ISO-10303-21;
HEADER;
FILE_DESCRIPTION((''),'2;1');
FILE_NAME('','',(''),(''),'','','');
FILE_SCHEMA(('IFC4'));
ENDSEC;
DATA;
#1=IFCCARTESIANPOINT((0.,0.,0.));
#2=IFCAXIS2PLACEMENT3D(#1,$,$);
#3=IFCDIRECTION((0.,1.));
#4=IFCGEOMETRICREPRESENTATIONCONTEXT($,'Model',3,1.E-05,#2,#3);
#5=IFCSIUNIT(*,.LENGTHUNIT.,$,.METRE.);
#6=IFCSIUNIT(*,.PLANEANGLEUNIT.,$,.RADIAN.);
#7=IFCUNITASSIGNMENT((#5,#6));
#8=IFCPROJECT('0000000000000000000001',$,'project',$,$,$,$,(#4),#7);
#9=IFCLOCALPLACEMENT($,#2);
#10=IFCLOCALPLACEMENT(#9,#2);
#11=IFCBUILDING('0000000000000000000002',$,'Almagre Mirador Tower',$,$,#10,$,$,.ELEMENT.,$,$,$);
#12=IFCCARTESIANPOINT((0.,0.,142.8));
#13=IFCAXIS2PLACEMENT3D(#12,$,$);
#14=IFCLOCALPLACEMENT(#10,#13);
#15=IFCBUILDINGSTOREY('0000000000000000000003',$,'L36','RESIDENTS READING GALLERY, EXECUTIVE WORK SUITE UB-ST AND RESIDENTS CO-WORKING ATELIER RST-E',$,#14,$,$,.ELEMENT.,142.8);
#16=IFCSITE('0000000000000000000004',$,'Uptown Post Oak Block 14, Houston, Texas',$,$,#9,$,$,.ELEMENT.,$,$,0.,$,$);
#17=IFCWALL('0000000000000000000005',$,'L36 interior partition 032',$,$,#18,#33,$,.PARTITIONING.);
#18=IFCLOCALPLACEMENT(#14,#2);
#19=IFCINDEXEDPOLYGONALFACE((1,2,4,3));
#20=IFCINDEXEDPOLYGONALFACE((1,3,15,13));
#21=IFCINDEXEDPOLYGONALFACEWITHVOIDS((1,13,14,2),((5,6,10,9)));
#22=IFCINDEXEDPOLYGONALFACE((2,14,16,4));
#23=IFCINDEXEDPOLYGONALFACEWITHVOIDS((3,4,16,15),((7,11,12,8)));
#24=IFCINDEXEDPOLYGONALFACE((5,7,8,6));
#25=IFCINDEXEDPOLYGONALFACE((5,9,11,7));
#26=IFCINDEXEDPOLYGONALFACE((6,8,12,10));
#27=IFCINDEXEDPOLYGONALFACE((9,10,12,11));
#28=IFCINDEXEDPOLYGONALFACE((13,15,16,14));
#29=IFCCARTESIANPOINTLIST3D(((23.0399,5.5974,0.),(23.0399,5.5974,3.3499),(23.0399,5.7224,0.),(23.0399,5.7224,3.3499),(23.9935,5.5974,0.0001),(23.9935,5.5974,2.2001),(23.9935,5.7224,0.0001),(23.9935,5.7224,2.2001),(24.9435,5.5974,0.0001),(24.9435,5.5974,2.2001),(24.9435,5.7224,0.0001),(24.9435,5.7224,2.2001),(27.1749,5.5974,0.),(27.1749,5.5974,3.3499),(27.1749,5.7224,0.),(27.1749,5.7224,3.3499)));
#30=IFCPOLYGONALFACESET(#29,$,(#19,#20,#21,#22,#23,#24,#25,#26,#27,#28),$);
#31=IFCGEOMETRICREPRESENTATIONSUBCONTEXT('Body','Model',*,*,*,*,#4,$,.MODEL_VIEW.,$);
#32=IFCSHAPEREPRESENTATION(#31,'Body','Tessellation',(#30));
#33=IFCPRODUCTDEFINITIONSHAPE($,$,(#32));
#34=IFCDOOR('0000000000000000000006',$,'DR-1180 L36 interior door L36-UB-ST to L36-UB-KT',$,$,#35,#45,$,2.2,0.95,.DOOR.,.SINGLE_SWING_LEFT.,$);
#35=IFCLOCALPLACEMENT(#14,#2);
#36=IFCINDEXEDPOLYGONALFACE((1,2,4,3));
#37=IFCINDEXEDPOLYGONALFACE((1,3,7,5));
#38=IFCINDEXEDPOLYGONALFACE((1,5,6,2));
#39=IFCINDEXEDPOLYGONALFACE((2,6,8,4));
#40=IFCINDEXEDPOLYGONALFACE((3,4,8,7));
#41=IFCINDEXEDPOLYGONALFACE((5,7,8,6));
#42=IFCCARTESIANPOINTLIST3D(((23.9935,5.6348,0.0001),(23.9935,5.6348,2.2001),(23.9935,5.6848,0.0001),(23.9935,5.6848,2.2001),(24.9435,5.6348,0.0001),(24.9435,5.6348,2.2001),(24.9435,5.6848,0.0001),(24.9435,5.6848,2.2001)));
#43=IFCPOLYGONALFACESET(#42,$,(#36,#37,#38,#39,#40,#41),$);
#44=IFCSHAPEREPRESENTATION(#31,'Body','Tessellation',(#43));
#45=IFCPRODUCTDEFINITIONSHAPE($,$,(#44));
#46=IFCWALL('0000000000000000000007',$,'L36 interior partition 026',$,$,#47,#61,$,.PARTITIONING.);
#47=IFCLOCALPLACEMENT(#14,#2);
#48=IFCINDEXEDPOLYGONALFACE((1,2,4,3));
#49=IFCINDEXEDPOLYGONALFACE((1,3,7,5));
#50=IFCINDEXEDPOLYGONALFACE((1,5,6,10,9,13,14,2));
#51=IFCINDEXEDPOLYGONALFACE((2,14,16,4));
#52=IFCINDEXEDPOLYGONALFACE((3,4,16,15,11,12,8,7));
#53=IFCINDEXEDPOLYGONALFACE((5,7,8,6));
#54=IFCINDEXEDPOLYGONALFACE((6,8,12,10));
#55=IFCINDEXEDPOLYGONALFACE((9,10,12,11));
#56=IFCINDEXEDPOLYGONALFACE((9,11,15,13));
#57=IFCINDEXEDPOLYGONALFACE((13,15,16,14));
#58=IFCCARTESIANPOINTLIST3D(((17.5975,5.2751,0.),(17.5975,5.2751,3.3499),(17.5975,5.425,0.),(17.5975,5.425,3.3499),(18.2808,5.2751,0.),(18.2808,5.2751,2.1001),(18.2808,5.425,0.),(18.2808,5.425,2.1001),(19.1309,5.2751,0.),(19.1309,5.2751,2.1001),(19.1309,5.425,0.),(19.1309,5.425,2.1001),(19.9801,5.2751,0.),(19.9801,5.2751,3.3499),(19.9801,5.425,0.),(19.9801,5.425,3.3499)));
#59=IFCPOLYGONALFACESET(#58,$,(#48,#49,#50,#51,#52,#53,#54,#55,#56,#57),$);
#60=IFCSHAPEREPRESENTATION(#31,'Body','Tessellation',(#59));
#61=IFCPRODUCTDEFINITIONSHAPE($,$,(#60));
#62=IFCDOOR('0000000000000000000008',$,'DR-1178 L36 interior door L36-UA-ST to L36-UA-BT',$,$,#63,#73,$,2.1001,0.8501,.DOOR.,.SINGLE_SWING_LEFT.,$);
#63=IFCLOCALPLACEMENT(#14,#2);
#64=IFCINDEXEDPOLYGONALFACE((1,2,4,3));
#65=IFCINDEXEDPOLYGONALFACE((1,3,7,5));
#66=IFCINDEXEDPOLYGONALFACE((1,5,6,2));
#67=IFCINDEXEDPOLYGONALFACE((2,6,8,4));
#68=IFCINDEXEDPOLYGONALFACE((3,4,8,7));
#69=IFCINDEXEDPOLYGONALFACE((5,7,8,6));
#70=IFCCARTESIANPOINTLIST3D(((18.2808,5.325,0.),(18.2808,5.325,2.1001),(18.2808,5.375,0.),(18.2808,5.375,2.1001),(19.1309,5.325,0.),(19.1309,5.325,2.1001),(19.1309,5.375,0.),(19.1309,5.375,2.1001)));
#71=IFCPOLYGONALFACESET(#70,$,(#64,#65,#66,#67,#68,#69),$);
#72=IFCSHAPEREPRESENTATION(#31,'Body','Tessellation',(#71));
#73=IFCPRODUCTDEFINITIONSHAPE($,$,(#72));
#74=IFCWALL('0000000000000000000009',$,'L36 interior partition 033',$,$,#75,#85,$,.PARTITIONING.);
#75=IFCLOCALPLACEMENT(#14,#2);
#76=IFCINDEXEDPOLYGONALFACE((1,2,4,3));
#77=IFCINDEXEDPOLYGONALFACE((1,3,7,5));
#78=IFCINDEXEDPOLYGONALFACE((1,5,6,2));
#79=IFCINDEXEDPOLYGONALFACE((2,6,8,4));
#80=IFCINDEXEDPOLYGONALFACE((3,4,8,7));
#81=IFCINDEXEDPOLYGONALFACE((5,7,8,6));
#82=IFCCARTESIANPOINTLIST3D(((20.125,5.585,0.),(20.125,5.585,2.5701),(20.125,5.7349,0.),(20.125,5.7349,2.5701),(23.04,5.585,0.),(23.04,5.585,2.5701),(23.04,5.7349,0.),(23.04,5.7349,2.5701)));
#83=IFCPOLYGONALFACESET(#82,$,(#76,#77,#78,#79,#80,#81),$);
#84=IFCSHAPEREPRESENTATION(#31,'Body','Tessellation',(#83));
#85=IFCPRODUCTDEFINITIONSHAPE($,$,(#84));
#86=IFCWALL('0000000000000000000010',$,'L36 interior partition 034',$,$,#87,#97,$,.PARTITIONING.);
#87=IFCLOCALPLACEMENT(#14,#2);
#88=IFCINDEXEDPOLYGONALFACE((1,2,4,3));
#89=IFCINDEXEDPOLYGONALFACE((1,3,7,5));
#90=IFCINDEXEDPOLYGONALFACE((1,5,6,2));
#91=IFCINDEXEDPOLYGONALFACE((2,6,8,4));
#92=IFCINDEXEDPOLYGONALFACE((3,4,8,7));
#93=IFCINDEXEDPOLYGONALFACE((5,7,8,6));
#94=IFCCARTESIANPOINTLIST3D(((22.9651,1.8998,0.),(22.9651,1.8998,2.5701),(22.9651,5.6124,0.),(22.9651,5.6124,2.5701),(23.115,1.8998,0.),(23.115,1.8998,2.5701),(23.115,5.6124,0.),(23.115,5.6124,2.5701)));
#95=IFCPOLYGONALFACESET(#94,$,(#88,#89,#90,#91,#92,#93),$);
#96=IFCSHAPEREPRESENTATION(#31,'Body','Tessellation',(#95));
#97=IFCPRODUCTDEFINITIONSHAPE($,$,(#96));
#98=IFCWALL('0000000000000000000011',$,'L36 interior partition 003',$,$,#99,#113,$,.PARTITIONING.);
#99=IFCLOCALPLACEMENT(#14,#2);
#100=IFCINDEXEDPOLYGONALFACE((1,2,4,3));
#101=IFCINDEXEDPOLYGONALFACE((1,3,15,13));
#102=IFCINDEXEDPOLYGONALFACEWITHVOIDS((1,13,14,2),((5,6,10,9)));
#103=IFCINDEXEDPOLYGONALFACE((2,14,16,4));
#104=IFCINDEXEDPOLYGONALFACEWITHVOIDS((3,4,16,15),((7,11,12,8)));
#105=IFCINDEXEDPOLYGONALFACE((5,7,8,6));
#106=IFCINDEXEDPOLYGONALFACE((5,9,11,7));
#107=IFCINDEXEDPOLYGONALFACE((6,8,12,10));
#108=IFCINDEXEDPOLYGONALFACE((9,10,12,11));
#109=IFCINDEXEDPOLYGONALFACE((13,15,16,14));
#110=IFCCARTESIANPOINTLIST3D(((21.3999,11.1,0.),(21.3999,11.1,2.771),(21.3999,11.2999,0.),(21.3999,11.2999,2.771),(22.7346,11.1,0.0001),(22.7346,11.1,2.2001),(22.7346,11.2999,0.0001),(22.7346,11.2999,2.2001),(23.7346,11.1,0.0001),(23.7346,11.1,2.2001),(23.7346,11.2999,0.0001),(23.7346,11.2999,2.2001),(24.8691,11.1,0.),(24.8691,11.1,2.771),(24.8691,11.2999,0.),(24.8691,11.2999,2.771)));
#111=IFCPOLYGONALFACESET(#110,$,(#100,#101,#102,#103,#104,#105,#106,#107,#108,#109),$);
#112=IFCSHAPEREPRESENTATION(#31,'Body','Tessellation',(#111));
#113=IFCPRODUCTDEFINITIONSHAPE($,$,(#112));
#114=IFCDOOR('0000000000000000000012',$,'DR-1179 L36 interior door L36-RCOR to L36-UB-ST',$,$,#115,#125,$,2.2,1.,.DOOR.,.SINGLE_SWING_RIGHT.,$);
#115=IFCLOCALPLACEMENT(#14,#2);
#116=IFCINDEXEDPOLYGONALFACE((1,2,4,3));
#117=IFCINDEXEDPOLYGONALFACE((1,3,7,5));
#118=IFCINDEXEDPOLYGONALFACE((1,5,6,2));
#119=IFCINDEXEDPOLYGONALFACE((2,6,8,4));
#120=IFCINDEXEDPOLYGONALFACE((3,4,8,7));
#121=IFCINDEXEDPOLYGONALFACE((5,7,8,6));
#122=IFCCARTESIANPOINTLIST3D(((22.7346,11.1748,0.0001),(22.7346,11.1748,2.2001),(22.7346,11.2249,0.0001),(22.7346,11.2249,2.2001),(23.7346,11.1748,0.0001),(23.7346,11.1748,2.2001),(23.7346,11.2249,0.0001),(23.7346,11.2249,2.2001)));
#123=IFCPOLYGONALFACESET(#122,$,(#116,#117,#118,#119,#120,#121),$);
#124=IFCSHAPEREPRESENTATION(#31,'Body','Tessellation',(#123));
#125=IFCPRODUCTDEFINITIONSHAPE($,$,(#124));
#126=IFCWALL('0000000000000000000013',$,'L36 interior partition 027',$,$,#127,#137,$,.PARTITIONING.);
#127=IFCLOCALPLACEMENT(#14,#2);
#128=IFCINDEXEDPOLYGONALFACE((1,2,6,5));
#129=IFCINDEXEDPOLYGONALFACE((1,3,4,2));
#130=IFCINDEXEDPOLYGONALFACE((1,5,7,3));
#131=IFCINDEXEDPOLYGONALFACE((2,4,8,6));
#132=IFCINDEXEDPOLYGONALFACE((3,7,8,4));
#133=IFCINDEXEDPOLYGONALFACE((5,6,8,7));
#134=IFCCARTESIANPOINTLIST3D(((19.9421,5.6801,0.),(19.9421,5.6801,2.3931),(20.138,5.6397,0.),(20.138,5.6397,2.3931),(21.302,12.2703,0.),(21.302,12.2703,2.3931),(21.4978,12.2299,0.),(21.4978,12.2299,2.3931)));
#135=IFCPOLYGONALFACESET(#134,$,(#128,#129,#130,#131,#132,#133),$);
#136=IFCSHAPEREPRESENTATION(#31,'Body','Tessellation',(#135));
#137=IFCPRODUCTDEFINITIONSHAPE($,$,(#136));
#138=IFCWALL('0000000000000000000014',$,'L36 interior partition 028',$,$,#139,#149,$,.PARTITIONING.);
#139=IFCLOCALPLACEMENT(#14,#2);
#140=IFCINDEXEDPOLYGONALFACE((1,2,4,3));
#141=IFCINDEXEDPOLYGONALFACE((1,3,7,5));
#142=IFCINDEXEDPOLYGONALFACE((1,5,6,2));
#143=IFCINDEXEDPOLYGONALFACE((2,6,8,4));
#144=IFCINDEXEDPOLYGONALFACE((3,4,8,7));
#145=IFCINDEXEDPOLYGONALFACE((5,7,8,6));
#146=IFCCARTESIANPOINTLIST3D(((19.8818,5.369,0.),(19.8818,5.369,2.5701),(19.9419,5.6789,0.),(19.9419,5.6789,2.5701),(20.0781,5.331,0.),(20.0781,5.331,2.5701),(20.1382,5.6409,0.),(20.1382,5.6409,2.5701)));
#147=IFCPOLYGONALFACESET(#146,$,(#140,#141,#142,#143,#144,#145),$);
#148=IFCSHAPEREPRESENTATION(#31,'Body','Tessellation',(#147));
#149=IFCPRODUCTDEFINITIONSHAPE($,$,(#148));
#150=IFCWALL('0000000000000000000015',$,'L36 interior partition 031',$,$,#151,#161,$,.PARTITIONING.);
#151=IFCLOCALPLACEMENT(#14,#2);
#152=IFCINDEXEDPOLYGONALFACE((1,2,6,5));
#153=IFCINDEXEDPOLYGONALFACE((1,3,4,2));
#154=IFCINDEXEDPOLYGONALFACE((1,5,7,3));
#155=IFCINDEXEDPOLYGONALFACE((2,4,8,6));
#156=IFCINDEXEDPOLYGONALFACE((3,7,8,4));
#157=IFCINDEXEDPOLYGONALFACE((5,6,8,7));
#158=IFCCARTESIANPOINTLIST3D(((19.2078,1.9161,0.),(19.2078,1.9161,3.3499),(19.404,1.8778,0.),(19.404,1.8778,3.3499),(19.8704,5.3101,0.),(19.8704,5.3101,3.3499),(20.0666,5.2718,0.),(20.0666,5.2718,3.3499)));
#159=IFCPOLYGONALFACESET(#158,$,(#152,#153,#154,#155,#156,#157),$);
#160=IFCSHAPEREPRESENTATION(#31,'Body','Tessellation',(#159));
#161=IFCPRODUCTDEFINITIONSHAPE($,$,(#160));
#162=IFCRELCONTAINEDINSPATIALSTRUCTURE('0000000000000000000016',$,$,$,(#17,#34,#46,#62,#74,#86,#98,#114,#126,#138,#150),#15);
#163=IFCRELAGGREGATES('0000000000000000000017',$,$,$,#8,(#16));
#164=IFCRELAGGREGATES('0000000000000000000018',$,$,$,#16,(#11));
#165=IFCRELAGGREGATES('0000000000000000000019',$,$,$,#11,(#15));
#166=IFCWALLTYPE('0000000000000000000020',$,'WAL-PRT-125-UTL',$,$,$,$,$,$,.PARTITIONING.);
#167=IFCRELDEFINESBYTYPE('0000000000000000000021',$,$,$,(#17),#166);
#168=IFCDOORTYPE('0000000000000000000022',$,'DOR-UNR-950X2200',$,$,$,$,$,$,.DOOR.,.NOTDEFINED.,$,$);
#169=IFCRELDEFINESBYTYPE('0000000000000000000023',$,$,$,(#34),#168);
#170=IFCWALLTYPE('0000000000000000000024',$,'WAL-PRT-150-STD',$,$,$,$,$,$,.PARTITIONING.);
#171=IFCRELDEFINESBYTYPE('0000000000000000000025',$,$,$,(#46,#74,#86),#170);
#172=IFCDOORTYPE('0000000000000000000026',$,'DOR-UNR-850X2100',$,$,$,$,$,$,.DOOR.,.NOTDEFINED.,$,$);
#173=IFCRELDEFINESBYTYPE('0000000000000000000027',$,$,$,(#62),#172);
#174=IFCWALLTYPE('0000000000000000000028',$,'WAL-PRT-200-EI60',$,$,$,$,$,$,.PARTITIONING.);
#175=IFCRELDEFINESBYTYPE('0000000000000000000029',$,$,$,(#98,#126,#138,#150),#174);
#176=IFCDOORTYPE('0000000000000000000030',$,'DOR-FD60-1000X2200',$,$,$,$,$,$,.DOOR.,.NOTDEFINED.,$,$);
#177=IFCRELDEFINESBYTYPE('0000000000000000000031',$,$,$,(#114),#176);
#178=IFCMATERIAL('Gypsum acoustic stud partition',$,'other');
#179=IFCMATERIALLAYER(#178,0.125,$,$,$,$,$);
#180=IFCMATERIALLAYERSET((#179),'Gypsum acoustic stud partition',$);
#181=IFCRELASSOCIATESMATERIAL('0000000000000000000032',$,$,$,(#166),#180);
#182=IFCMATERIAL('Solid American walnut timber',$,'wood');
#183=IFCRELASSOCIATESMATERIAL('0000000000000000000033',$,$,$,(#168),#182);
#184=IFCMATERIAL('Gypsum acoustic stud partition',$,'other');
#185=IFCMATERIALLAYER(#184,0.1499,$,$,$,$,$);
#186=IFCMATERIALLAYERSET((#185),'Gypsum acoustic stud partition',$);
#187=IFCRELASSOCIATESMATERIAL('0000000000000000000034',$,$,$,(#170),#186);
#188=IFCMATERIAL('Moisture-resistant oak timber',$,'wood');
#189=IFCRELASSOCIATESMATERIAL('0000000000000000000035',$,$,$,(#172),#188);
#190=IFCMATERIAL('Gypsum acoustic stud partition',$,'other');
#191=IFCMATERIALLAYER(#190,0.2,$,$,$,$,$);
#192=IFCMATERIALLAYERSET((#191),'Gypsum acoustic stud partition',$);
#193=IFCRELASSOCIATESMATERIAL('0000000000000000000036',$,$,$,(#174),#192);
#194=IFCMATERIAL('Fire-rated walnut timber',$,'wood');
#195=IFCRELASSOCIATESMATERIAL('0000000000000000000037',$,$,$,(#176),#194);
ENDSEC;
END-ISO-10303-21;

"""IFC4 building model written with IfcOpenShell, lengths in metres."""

from ifc_helpers import new_model, si_unit, direction, frame, frame_2d, origin, place, context, subcontext, project, spatial, rectangle, extrude, material, layer, layer_set, type_object, element, fill, save


model = new_model("IFC4")

# Units and contexts
model_context = context("Model", 3, precision=1e-05, world=origin(), true_north=direction((0.0, 1.0)))
body_context = subcontext(model_context, "Body", "Model", "MODEL_VIEW")
ifc_project = project(units=[si_unit("LENGTHUNIT", "METRE"), si_unit("PLANEANGLEUNIT", "RADIAN")], contexts=[model_context])

# Site, building, storey
site_placement = place(None, origin())
site = spatial("IfcSite", under=ifc_project, at=site_placement, Name="Uptown Post Oak Block 14, Houston, Texas", CompositionType="ELEMENT", RefElevation=0.0)
building_placement = place(site_placement, origin())
building = spatial("IfcBuilding", under=site, at=building_placement, Name="Almagre Mirador Tower", CompositionType="ELEMENT")
storey_placement = place(building_placement, frame((0.0, 0.0, 142.8)))
storey = spatial("IfcBuildingStorey", under=building, at=storey_placement, Name="L36", Description="RESIDENTS READING GALLERY, EXECUTIVE WORK SUITE UB-ST AND RESIDENTS CO-WORKING ATELIER RST-E", CompositionType="ELEMENT", Elevation=142.8)

# Walls, openings, doors
ifc_material_1 = material(Name="Gypsum acoustic stud partition", Category="other")
ifc_layer_1 = layer(ifc_material_1, 0.125)
ifc_layer_set_1 = layer_set([ifc_layer_1], Name="Gypsum acoustic stud partition")
wall_type_1 = type_object("IfcWallType", Name="WAL-PRT-125-UTL", PredefinedType="PARTITIONING", material=ifc_layer_set_1)
wall_1_placement = place(storey_placement, frame((23.04, 5.6599, 0.0), z_axis=(0.0, 0.0, 1.0), x_axis=(1.0, 0.0, 0.0)))
wall_1 = element("IfcWall", 1, at=wall_1_placement, inside=storey, type_object=wall_type_1, Name="L36 interior partition 032", PredefinedType="PARTITIONING", context=body_context, shape_type="SweptSolid", body=[
    extrude(rectangle(XDim=4.135, YDim=0.125, at=frame_2d((2.0674, 0.0))), origin(), (0.0, 0.0, 1.0), 3.3499),
])
opening_1_placement = place(wall_1_placement, frame((0.9534, 0.0, 0.0)))
opening_1 = element("IfcOpeningElement", 2, at=opening_1_placement, cuts=wall_1, PredefinedType="OPENING", context=body_context, shape_type="SweptSolid", body=[
    extrude(rectangle(XDim=0.95, YDim=2.2, at=frame_2d((0.4751, 1.1001))), frame((0.0, 0.0725, 0.0), z_axis=(0.0, -1.0, 0.0), x_axis=(1.0, 0.0, 0.0)), (0.0, 0.0, 1.0), 0.145),
])
ifc_material_2 = material(Name="Solid American walnut timber", Category="wood")
door_type_1 = type_object("IfcDoorType", Name="DOR-UNR-950X2200", OperationType="NOTDEFINED", PredefinedType="DOOR", material=ifc_material_2)
door_1_placement = place(opening_1_placement, origin())
door_1 = element("IfcDoor", 3, at=door_1_placement, inside=storey, type_object=door_type_1, Name="DR-1180 L36 interior door L36-UB-ST to L36-UB-KT", OperationType="SINGLE_SWING_LEFT", OverallHeight=2.2, OverallWidth=0.95, PredefinedType="DOOR", context=body_context, shape_type="SweptSolid", body=[
    extrude(rectangle(XDim=0.95, YDim=2.2, at=frame_2d((0.4751, 1.1001))), frame((0.0, 0.0249, 0.0), z_axis=(0.0, -1.0, 0.0), x_axis=(1.0, 0.0, 0.0)), (0.0, 0.0, 1.0), 0.05),
])
fill(opening_1, door_1)
ifc_material_3 = material(Name="Gypsum acoustic stud partition", Category="other")
ifc_layer_2 = layer(ifc_material_3, 0.1499)
ifc_layer_set_2 = layer_set([ifc_layer_2], Name="Gypsum acoustic stud partition")
wall_type_2 = type_object("IfcWallType", Name="WAL-PRT-150-STD", PredefinedType="PARTITIONING", material=ifc_layer_set_2)
wall_2_placement = place(storey_placement, frame((17.5974, 5.3501, 0.0), z_axis=(0.0, 0.0, 1.0), x_axis=(1.0, 0.0, 0.0)))
wall_2 = element("IfcWall", 4, at=wall_2_placement, inside=storey, type_object=wall_type_2, Name="L36 interior partition 026", PredefinedType="PARTITIONING", context=body_context, shape_type="SweptSolid", body=[
    extrude(rectangle(XDim=2.3826, YDim=0.1499, at=frame_2d((1.1914, 0.0))), origin(), (0.0, 0.0, 1.0), 3.3499),
])
opening_2_placement = place(wall_2_placement, frame((0.6833, 0.0, 0.0)))
opening_2 = element("IfcOpeningElement", 5, at=opening_2_placement, cuts=wall_2, PredefinedType="OPENING", context=body_context, shape_type="SweptSolid", body=[
    extrude(rectangle(XDim=0.8501, YDim=2.1001, at=frame_2d((0.425, 1.05))), frame((0.0, 0.085, 0.0), z_axis=(0.0, -1.0, 0.0), x_axis=(1.0, 0.0, 0.0)), (0.0, 0.0, 1.0), 0.1699),
])
ifc_material_4 = material(Name="Moisture-resistant oak timber", Category="wood")
door_type_2 = type_object("IfcDoorType", Name="DOR-UNR-850X2100", OperationType="NOTDEFINED", PredefinedType="DOOR", material=ifc_material_4)
door_2_placement = place(opening_2_placement, origin())
door_2 = element("IfcDoor", 6, at=door_2_placement, inside=storey, type_object=door_type_2, Name="DR-1178 L36 interior door L36-UA-ST to L36-UA-BT", OperationType="SINGLE_SWING_LEFT", OverallHeight=2.1001, OverallWidth=0.8501, PredefinedType="DOOR", context=body_context, shape_type="SweptSolid", body=[
    extrude(rectangle(XDim=0.8501, YDim=2.1001, at=frame_2d((0.425, 1.05))), frame((0.0, 0.0249, 0.0), z_axis=(0.0, -1.0, 0.0), x_axis=(1.0, 0.0, 0.0)), (0.0, 0.0, 1.0), 0.05),
])
fill(opening_2, door_2)

# Walls
wall_3_placement = place(storey_placement, frame((20.125, 5.6599, 0.0), z_axis=(0.0, 0.0, 1.0), x_axis=(1.0, 0.0, 0.0)))
element("IfcWall", 7, at=wall_3_placement, inside=storey, type_object=wall_type_2, Name="L36 interior partition 033", PredefinedType="PARTITIONING", context=body_context, shape_type="SweptSolid", body=[
    extrude(rectangle(XDim=2.915, YDim=0.1499, at=frame_2d((1.4575, 0.0))), origin(), (0.0, 0.0, 1.0), 2.5701),
])
wall_4_placement = place(storey_placement, frame((23.04, 5.6125, 0.0), z_axis=(0.0, 0.0, 1.0), x_axis=(0.0, -1.0, 0.0)))
element("IfcWall", 8, at=wall_4_placement, inside=storey, type_object=wall_type_2, Name="L36 interior partition 034", PredefinedType="PARTITIONING", context=body_context, shape_type="SweptSolid", body=[
    extrude(rectangle(XDim=3.7126, YDim=0.1499, at=frame_2d((1.8564, 0.0))), origin(), (0.0, 0.0, 1.0), 2.5701),
])

# Wall, opening, door
ifc_material_5 = material(Name="Gypsum acoustic stud partition", Category="other")
ifc_layer_3 = layer(ifc_material_5, 0.2)
ifc_layer_set_3 = layer_set([ifc_layer_3], Name="Gypsum acoustic stud partition")
wall_type_3 = type_object("IfcWallType", Name="WAL-PRT-200-EI60", PredefinedType="PARTITIONING", material=ifc_layer_set_3)
wall_5_placement = place(storey_placement, frame((21.3999, 11.2, 0.0), z_axis=(0.0, 0.0, 1.0), x_axis=(1.0, 0.0, 0.0)))
wall_5 = element("IfcWall", 9, at=wall_5_placement, inside=storey, type_object=wall_type_3, Name="L36 interior partition 003", PredefinedType="PARTITIONING", context=body_context, shape_type="SweptSolid", body=[
    extrude(rectangle(XDim=3.4692, YDim=0.2, at=frame_2d((1.7346, 0.0))), origin(), (0.0, 0.0, 1.0), 2.771),
])
opening_3_placement = place(wall_5_placement, frame((1.3347, 0.0, 0.0)))
opening_3 = element("IfcOpeningElement", 10, at=opening_3_placement, cuts=wall_5, PredefinedType="OPENING", context=body_context, shape_type="SweptSolid", body=[
    extrude(rectangle(XDim=1.0, YDim=2.2, at=frame_2d((0.5, 1.1001))), frame((0.0, 0.1101, 0.0), z_axis=(0.0, -1.0, 0.0), x_axis=(1.0, 0.0, 0.0)), (0.0, 0.0, 1.0), 0.22),
])
ifc_material_6 = material(Name="Fire-rated walnut timber", Category="wood")
door_type_3 = type_object("IfcDoorType", Name="DOR-FD60-1000X2200", OperationType="NOTDEFINED", PredefinedType="DOOR", material=ifc_material_6)
door_3_placement = place(opening_3_placement, origin())
door_3 = element("IfcDoor", 11, at=door_3_placement, inside=storey, type_object=door_type_3, Name="DR-1179 L36 interior door L36-RCOR to L36-UB-ST", OperationType="SINGLE_SWING_RIGHT", OverallHeight=2.2, OverallWidth=1.0, PredefinedType="DOOR", context=body_context, shape_type="SweptSolid", body=[
    extrude(rectangle(XDim=1.0, YDim=2.2, at=frame_2d((0.5, 1.1001))), frame((0.0, 0.0249, 0.0), z_axis=(0.0, -1.0, 0.0), x_axis=(1.0, 0.0, 0.0)), (0.0, 0.0, 1.0), 0.05),
])
fill(opening_3, door_3)

# Walls
wall_6_placement = place(storey_placement, frame((20.04, 5.6599, 0.0), z_axis=(0.0, 0.0, 1.0), x_axis=(0.202092, 0.979367, 0.0)))
element("IfcWall", 12, at=wall_6_placement, inside=storey, type_object=wall_type_3, Name="L36 interior partition 027", PredefinedType="PARTITIONING", context=body_context, shape_type="SweptSolid", body=[
    extrude(rectangle(XDim=6.729, YDim=0.2, at=frame_2d((3.3645, 0.0))), origin(), (0.0, 0.0, 1.0), 2.3931),
])
wall_7_placement = place(storey_placement, frame((19.98, 5.3501, 0.0), z_axis=(0.0, 0.0, 1.0), x_axis=(0.190311, 0.981724, 0.0)))
element("IfcWall", 13, at=wall_7_placement, inside=storey, type_object=wall_type_3, Name="L36 interior partition 028", PredefinedType="PARTITIONING", context=body_context, shape_type="SweptSolid", body=[
    extrude(rectangle(XDim=0.3157, YDim=0.2, at=frame_2d((0.1577, 0.0))), origin(), (0.0, 0.0, 1.0), 2.5701),
])
wall_8_placement = place(storey_placement, frame((19.3059, 1.897, 0.0), z_axis=(0.0, 0.0, 1.0), x_axis=(0.191607, 0.981472, 0.0)))
element("IfcWall", 14, at=wall_8_placement, inside=storey, type_object=wall_type_3, Name="L36 interior partition 031", PredefinedType="PARTITIONING", context=body_context, shape_type="SweptSolid", body=[
    extrude(rectangle(XDim=3.458, YDim=0.2, at=frame_2d((1.729, 0.0))), origin(), (0.0, 0.0, 1.0), 3.3499),
])

save(model, "model.ifc")
